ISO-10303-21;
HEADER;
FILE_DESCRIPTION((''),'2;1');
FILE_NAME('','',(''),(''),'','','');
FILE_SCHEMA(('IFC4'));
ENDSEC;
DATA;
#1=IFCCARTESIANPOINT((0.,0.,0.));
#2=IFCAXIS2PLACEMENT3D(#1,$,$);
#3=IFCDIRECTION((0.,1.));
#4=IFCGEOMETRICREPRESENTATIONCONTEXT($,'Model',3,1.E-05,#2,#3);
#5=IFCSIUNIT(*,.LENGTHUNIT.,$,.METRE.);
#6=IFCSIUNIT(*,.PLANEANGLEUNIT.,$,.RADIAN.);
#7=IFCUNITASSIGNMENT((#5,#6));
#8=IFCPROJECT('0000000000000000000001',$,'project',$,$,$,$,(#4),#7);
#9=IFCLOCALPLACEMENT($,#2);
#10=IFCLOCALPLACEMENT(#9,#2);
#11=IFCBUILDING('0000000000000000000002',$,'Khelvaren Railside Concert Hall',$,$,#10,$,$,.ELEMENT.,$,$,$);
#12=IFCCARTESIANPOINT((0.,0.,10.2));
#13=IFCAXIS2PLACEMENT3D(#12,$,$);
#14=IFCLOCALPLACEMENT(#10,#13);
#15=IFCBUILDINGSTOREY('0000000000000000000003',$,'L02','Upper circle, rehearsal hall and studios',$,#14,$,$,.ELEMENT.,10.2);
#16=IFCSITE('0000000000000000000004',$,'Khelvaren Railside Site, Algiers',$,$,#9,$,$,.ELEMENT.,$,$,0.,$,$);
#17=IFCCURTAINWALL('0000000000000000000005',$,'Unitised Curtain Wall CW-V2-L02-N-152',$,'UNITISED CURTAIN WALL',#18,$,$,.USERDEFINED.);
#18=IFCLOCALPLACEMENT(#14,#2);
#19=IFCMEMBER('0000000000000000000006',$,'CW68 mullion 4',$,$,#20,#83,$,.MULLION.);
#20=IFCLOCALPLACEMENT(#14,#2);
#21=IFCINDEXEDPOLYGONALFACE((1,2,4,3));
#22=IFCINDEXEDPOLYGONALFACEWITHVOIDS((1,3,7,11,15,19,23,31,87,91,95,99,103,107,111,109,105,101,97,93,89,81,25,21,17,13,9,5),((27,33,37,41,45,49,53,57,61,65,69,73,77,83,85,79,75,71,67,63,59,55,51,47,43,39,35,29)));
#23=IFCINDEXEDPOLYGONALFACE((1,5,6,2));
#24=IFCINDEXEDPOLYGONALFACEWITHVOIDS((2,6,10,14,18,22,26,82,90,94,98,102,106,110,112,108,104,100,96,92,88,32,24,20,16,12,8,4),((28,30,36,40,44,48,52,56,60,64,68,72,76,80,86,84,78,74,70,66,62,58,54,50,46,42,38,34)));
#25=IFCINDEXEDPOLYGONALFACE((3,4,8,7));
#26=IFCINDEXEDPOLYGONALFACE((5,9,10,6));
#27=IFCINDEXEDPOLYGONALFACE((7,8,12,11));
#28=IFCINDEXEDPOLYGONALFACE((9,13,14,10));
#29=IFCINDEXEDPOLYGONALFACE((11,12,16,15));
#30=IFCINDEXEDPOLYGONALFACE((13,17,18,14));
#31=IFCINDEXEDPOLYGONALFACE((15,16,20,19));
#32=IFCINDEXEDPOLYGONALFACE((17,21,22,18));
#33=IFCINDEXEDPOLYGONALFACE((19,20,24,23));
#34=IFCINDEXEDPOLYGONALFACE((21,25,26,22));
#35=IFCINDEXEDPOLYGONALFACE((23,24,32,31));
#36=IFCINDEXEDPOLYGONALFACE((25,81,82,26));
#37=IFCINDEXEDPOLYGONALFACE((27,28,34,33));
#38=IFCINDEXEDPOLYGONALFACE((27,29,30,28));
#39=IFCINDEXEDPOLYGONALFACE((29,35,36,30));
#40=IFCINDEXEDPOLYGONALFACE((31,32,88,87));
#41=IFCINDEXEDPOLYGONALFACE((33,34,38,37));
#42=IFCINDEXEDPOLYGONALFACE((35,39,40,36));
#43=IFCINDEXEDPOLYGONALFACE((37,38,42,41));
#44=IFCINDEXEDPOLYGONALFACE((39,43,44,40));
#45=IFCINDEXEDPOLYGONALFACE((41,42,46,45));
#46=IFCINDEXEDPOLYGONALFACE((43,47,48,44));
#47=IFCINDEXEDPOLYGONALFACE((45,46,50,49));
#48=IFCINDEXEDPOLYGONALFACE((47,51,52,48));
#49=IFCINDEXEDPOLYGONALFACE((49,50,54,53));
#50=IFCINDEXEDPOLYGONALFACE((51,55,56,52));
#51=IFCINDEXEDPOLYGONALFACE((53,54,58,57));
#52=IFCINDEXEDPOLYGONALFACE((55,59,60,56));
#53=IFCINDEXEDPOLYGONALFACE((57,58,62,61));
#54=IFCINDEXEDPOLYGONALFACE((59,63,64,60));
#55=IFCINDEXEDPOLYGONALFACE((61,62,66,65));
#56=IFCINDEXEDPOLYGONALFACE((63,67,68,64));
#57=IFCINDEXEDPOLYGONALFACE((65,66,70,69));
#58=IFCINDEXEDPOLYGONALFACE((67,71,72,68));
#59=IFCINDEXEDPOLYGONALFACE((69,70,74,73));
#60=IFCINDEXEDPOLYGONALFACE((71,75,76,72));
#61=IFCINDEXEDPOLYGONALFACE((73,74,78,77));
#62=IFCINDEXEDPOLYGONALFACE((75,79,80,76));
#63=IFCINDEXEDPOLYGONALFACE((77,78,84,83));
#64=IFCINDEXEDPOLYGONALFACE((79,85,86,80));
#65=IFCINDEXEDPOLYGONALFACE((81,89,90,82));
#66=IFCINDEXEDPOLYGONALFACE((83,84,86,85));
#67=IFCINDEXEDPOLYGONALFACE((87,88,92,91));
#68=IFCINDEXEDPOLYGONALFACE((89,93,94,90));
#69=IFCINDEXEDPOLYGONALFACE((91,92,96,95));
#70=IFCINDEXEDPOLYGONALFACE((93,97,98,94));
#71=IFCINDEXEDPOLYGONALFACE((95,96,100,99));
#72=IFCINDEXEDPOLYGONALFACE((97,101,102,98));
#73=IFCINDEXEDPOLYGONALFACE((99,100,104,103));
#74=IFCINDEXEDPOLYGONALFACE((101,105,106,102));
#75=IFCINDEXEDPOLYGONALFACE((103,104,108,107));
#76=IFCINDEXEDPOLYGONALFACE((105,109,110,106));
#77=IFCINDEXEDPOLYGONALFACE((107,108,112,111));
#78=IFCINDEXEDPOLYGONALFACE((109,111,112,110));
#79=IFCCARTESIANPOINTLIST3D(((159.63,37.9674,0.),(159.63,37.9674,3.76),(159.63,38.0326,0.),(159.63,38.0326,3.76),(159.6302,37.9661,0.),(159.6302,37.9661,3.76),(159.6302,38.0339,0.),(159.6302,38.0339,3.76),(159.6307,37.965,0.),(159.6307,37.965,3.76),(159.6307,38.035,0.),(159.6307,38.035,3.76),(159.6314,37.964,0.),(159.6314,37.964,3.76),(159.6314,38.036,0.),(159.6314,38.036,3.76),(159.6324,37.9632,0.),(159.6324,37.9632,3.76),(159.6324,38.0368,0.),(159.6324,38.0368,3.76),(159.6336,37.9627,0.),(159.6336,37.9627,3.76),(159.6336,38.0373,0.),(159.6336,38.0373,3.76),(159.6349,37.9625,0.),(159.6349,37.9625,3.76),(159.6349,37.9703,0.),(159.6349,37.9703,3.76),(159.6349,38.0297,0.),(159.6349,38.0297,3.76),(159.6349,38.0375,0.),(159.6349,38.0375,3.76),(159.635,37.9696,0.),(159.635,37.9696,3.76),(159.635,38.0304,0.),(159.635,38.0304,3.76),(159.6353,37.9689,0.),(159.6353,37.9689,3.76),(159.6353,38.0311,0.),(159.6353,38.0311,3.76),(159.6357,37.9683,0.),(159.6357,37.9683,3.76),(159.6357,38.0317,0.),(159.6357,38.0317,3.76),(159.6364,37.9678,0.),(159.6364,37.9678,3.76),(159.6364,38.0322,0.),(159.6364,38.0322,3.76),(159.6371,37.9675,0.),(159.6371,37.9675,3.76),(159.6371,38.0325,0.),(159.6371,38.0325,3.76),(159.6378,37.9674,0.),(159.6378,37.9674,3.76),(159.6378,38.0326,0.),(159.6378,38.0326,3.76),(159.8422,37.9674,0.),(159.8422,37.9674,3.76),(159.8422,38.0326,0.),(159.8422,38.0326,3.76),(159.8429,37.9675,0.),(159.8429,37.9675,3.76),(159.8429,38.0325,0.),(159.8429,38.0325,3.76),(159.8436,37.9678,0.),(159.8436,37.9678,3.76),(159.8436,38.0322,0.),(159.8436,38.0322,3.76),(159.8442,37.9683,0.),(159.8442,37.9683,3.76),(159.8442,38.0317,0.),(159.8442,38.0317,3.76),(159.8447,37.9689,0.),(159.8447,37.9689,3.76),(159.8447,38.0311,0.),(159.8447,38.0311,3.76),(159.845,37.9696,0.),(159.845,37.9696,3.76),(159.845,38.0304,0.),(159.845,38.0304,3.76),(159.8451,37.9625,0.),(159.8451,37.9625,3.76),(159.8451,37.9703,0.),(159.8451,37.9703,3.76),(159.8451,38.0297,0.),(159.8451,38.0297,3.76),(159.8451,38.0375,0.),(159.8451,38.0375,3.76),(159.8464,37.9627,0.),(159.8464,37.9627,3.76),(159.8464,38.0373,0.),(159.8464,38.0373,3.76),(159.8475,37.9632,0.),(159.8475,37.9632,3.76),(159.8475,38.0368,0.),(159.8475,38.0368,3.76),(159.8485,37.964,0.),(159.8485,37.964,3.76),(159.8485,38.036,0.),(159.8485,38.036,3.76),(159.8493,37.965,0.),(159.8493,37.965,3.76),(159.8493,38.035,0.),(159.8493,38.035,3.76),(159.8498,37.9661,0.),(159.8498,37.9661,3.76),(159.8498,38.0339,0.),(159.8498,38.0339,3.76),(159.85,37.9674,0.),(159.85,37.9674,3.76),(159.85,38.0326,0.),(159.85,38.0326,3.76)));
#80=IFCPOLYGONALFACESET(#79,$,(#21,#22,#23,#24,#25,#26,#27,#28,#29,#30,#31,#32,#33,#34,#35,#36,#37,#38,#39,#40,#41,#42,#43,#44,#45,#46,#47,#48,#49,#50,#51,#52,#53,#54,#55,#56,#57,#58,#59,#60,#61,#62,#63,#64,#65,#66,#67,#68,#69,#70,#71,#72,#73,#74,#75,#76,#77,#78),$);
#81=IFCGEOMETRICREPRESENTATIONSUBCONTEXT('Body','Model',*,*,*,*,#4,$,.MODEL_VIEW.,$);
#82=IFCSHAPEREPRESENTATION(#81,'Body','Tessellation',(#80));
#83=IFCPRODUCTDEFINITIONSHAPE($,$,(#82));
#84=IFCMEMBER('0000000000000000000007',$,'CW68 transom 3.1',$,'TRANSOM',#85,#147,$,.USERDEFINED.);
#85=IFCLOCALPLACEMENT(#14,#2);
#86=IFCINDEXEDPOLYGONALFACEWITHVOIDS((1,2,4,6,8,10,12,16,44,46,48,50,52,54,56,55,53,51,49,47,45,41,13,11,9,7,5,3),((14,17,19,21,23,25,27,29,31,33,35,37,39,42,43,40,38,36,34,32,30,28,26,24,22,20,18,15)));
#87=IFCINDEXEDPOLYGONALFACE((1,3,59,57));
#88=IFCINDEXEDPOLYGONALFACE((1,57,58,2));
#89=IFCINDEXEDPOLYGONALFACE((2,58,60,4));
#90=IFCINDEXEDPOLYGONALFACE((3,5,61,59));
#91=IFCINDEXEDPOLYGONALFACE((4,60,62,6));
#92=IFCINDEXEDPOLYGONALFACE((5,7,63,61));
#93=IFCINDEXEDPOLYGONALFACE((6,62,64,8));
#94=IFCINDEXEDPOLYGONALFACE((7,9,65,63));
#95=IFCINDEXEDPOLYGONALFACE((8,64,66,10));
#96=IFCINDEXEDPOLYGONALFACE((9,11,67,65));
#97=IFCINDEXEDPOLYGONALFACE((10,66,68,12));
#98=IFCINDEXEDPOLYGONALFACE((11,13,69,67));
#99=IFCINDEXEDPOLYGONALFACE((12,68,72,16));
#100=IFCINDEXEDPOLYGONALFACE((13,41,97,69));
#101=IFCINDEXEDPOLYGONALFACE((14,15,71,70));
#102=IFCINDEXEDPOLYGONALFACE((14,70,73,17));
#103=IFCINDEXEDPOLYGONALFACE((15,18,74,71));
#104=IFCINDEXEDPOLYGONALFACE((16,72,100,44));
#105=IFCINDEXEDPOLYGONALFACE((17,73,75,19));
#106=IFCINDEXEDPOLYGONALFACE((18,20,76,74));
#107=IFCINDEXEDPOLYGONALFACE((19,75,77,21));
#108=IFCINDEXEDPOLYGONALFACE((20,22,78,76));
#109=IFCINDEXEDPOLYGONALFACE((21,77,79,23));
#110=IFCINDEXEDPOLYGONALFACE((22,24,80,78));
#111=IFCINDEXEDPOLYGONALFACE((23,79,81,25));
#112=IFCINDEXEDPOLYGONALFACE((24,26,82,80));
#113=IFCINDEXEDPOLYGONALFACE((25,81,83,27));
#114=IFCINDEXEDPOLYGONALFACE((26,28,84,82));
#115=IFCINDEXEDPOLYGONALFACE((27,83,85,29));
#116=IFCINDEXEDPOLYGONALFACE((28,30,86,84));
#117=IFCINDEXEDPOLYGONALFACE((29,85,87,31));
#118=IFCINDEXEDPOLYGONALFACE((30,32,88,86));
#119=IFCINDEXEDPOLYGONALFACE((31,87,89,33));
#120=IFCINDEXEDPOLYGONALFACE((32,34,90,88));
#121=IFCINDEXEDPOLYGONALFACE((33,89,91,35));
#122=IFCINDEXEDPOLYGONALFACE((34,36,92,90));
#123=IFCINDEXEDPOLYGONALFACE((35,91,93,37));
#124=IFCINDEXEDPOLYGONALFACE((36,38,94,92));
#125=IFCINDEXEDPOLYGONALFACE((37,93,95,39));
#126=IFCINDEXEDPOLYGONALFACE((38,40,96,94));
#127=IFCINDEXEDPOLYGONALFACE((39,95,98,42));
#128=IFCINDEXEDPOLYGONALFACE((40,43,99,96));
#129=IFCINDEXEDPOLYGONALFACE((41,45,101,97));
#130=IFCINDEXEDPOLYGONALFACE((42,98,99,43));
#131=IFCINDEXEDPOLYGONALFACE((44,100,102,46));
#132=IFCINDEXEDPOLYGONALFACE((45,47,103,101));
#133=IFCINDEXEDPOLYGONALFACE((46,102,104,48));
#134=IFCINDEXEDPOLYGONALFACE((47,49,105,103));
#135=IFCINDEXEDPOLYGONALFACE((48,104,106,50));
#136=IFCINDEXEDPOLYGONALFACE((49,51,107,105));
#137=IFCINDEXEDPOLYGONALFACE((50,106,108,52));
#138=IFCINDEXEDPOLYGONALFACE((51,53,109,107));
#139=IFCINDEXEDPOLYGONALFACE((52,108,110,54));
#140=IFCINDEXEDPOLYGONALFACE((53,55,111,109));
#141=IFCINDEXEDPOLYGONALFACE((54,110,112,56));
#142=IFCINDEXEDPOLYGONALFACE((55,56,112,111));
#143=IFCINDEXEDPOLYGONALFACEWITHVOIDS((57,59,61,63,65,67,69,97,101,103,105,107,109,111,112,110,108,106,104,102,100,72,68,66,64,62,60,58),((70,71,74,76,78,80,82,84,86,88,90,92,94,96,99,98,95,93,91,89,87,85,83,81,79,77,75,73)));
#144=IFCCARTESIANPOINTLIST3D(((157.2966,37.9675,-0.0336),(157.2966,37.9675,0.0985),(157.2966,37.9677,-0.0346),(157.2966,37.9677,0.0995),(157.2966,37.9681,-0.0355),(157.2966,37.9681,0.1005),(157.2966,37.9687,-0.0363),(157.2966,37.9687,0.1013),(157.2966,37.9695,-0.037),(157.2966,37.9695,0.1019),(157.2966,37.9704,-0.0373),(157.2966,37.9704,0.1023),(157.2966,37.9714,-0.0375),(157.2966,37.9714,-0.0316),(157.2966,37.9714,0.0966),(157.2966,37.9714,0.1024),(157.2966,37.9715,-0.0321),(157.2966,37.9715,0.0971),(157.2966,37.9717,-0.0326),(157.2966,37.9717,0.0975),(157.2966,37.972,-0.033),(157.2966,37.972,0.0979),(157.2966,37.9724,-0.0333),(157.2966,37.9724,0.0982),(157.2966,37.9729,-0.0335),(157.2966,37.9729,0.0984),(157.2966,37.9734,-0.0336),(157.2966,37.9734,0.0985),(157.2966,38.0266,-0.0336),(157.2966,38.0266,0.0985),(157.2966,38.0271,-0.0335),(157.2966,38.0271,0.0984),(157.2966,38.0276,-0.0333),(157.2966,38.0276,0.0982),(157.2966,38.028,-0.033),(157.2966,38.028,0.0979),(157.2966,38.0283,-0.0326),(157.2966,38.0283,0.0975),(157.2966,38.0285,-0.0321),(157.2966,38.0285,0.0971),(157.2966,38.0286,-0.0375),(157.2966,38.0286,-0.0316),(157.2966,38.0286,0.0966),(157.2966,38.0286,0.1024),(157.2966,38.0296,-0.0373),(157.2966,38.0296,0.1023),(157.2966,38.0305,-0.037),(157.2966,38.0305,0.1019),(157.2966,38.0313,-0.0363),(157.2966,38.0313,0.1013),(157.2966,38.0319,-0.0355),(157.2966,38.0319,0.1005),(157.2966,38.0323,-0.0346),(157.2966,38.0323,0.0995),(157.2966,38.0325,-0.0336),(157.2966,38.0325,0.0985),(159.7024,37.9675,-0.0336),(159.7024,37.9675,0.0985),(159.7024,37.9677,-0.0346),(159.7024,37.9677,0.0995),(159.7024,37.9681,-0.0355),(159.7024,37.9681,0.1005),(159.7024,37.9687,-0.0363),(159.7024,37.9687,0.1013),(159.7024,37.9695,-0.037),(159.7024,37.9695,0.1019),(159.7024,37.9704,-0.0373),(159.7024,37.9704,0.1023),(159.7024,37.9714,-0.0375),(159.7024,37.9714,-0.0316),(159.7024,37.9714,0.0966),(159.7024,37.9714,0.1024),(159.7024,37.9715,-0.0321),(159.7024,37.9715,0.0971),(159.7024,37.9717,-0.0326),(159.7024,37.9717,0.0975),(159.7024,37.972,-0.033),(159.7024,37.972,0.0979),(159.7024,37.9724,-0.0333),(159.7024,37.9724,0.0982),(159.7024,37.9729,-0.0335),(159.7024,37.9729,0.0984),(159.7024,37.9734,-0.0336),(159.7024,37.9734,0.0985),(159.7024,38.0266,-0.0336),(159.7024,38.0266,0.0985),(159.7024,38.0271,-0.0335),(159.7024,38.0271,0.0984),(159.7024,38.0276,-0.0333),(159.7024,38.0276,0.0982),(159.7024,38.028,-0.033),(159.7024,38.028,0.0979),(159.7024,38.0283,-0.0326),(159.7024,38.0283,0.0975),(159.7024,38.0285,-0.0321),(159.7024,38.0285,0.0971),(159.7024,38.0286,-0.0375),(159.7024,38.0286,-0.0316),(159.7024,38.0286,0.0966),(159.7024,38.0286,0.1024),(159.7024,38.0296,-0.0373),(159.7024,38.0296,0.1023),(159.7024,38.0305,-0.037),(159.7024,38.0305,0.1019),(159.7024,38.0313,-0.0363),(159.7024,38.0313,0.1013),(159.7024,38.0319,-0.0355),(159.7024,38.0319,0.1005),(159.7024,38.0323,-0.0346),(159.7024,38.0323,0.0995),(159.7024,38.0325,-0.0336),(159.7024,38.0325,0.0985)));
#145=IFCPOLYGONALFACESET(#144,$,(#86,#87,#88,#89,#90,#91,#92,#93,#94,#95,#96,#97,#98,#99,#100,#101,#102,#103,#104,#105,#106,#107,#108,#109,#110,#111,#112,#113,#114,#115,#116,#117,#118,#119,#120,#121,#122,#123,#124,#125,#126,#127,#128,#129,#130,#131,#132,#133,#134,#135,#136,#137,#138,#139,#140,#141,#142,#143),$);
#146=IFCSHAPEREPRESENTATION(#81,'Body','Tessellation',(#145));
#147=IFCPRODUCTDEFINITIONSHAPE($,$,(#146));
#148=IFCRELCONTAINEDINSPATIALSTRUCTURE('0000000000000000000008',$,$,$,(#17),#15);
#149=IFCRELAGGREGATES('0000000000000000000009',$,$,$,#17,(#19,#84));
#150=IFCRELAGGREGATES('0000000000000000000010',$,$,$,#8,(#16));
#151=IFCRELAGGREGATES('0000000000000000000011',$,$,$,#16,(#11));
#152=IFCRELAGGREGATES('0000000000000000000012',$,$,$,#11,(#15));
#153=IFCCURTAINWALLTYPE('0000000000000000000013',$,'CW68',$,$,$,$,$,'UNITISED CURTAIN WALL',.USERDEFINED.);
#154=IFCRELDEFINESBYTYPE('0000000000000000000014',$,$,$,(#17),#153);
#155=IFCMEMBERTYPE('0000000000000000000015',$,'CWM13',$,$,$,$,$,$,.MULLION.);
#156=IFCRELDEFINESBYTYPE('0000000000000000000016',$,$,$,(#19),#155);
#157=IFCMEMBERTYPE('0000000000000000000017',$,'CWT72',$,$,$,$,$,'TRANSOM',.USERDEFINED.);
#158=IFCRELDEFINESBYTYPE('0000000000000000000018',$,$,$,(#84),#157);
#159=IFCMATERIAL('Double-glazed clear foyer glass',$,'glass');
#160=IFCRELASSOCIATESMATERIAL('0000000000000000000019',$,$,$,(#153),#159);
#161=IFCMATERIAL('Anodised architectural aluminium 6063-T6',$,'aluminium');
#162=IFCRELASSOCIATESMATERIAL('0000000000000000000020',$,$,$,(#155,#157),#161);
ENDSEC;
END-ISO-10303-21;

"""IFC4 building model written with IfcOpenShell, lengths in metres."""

from ifc_helpers import new_model, si_unit, direction, frame, origin, origin_2d, place, context, subcontext, project, spatial, hollow_rectangle, extrude, material, material_profile, profile_set, type_object, element, aggregate, save


model = new_model("IFC4")

# Units and contexts
model_context = context("Model", 3, precision=1e-05, world=origin(), true_north=direction((0.0, 1.0)))
body_context = subcontext(model_context, "Body", "Model", "MODEL_VIEW")
ifc_project = project(units=[si_unit("LENGTHUNIT", "METRE"), si_unit("PLANEANGLEUNIT", "RADIAN")], contexts=[model_context])

# Site, building, storey
site_placement = place(None, origin())
site = spatial("IfcSite", under=ifc_project, at=site_placement, Name="Khelvaren Railside Site, Algiers", CompositionType="ELEMENT", RefElevation=0.0)
building_placement = place(site_placement, origin())
building = spatial("IfcBuilding", under=site, at=building_placement, Name="Khelvaren Railside Concert Hall", CompositionType="ELEMENT")
storey_placement = place(building_placement, frame((0.0, 0.0, 10.2)))
storey = spatial("IfcBuildingStorey", under=building, at=storey_placement, Name="L02", Description="Upper circle, rehearsal hall and studios", CompositionType="ELEMENT", Elevation=10.2)

# Curtain wall, members
ifc_material_1 = material(Name="Double-glazed clear foyer glass", Category="glass")
curtain_wall_type = type_object("IfcCurtainWallType", Name="CW68", ElementType="UNITISED CURTAIN WALL", PredefinedType="USERDEFINED", material=ifc_material_1)
curtain_wall_placement = place(storey_placement, origin())
curtain_wall = element("IfcCurtainWall", 1, at=curtain_wall_placement, inside=storey, type_object=curtain_wall_type, Name="Unitised Curtain Wall CW-V2-L02-N-152", ObjectType="UNITISED CURTAIN WALL", PredefinedType="USERDEFINED")
ifc_material_2 = material(Name="Anodised architectural aluminium 6063-T6", Category="aluminium")
ifc_material_profile_1 = material_profile(ifc_material_2, hollow_rectangle(XDim=0.075, YDim=0.22, WallThickness=0.0049, InnerFilletRadius=0.0029, OuterFilletRadius=0.0049, at=origin_2d()), Name="CWM 75x220x5")
ifc_profile_set_1 = profile_set([ifc_material_profile_1], Name="Anodised architectural aluminium 6063-T6")
member_type_1 = type_object("IfcMemberType", Name="CWM13", PredefinedType="MULLION", material=ifc_profile_set_1)
member_1_placement = place(storey_placement, frame((159.74, 38.0, 0.0), z_axis=(0.0, 0.0, 1.0), x_axis=(0.0, 1.0, 0.0)))
member_1 = element("IfcMember", 2, at=member_1_placement, type_object=member_type_1, Name="CW68 mullion 4", PredefinedType="MULLION", context=body_context, shape_type="SweptSolid", body=[
    extrude(hollow_rectangle(XDim=0.075, YDim=0.22, WallThickness=0.0049, InnerFilletRadius=0.0029, OuterFilletRadius=0.0049, at=origin_2d()), origin(), (0.0, 0.0, 1.0), 3.76),
])
ifc_material_profile_2 = material_profile(ifc_material_2, hollow_rectangle(XDim=0.0649, YDim=0.1399, WallThickness=0.0039, InnerFilletRadius=0.002, OuterFilletRadius=0.0039, at=origin_2d()), Name="CWT 65x140x4")
ifc_profile_set_2 = profile_set([ifc_material_profile_2], Name="Anodised architectural aluminium 6063-T6")
member_type_2 = type_object("IfcMemberType", Name="CWT72", ElementType="TRANSOM", PredefinedType="USERDEFINED", material=ifc_profile_set_2)
member_2_placement = place(storey_placement, frame((157.2966, 38.0, 0.0325), z_axis=(1.0, 0.0, 0.0), x_axis=(0.0, 1.0, 0.0)))
member_2 = element("IfcMember", 3, at=member_2_placement, type_object=member_type_2, Name="CW68 transom 3.1", ObjectType="TRANSOM", PredefinedType="USERDEFINED", context=body_context, shape_type="SweptSolid", body=[
    extrude(hollow_rectangle(XDim=0.0649, YDim=0.1399, WallThickness=0.0039, InnerFilletRadius=0.002, OuterFilletRadius=0.0039, at=origin_2d()), origin(), (0.0, 0.0, 1.0), 2.4058),
])

aggregate(curtain_wall, [member_1, member_2])

save(model, "model.ifc")
